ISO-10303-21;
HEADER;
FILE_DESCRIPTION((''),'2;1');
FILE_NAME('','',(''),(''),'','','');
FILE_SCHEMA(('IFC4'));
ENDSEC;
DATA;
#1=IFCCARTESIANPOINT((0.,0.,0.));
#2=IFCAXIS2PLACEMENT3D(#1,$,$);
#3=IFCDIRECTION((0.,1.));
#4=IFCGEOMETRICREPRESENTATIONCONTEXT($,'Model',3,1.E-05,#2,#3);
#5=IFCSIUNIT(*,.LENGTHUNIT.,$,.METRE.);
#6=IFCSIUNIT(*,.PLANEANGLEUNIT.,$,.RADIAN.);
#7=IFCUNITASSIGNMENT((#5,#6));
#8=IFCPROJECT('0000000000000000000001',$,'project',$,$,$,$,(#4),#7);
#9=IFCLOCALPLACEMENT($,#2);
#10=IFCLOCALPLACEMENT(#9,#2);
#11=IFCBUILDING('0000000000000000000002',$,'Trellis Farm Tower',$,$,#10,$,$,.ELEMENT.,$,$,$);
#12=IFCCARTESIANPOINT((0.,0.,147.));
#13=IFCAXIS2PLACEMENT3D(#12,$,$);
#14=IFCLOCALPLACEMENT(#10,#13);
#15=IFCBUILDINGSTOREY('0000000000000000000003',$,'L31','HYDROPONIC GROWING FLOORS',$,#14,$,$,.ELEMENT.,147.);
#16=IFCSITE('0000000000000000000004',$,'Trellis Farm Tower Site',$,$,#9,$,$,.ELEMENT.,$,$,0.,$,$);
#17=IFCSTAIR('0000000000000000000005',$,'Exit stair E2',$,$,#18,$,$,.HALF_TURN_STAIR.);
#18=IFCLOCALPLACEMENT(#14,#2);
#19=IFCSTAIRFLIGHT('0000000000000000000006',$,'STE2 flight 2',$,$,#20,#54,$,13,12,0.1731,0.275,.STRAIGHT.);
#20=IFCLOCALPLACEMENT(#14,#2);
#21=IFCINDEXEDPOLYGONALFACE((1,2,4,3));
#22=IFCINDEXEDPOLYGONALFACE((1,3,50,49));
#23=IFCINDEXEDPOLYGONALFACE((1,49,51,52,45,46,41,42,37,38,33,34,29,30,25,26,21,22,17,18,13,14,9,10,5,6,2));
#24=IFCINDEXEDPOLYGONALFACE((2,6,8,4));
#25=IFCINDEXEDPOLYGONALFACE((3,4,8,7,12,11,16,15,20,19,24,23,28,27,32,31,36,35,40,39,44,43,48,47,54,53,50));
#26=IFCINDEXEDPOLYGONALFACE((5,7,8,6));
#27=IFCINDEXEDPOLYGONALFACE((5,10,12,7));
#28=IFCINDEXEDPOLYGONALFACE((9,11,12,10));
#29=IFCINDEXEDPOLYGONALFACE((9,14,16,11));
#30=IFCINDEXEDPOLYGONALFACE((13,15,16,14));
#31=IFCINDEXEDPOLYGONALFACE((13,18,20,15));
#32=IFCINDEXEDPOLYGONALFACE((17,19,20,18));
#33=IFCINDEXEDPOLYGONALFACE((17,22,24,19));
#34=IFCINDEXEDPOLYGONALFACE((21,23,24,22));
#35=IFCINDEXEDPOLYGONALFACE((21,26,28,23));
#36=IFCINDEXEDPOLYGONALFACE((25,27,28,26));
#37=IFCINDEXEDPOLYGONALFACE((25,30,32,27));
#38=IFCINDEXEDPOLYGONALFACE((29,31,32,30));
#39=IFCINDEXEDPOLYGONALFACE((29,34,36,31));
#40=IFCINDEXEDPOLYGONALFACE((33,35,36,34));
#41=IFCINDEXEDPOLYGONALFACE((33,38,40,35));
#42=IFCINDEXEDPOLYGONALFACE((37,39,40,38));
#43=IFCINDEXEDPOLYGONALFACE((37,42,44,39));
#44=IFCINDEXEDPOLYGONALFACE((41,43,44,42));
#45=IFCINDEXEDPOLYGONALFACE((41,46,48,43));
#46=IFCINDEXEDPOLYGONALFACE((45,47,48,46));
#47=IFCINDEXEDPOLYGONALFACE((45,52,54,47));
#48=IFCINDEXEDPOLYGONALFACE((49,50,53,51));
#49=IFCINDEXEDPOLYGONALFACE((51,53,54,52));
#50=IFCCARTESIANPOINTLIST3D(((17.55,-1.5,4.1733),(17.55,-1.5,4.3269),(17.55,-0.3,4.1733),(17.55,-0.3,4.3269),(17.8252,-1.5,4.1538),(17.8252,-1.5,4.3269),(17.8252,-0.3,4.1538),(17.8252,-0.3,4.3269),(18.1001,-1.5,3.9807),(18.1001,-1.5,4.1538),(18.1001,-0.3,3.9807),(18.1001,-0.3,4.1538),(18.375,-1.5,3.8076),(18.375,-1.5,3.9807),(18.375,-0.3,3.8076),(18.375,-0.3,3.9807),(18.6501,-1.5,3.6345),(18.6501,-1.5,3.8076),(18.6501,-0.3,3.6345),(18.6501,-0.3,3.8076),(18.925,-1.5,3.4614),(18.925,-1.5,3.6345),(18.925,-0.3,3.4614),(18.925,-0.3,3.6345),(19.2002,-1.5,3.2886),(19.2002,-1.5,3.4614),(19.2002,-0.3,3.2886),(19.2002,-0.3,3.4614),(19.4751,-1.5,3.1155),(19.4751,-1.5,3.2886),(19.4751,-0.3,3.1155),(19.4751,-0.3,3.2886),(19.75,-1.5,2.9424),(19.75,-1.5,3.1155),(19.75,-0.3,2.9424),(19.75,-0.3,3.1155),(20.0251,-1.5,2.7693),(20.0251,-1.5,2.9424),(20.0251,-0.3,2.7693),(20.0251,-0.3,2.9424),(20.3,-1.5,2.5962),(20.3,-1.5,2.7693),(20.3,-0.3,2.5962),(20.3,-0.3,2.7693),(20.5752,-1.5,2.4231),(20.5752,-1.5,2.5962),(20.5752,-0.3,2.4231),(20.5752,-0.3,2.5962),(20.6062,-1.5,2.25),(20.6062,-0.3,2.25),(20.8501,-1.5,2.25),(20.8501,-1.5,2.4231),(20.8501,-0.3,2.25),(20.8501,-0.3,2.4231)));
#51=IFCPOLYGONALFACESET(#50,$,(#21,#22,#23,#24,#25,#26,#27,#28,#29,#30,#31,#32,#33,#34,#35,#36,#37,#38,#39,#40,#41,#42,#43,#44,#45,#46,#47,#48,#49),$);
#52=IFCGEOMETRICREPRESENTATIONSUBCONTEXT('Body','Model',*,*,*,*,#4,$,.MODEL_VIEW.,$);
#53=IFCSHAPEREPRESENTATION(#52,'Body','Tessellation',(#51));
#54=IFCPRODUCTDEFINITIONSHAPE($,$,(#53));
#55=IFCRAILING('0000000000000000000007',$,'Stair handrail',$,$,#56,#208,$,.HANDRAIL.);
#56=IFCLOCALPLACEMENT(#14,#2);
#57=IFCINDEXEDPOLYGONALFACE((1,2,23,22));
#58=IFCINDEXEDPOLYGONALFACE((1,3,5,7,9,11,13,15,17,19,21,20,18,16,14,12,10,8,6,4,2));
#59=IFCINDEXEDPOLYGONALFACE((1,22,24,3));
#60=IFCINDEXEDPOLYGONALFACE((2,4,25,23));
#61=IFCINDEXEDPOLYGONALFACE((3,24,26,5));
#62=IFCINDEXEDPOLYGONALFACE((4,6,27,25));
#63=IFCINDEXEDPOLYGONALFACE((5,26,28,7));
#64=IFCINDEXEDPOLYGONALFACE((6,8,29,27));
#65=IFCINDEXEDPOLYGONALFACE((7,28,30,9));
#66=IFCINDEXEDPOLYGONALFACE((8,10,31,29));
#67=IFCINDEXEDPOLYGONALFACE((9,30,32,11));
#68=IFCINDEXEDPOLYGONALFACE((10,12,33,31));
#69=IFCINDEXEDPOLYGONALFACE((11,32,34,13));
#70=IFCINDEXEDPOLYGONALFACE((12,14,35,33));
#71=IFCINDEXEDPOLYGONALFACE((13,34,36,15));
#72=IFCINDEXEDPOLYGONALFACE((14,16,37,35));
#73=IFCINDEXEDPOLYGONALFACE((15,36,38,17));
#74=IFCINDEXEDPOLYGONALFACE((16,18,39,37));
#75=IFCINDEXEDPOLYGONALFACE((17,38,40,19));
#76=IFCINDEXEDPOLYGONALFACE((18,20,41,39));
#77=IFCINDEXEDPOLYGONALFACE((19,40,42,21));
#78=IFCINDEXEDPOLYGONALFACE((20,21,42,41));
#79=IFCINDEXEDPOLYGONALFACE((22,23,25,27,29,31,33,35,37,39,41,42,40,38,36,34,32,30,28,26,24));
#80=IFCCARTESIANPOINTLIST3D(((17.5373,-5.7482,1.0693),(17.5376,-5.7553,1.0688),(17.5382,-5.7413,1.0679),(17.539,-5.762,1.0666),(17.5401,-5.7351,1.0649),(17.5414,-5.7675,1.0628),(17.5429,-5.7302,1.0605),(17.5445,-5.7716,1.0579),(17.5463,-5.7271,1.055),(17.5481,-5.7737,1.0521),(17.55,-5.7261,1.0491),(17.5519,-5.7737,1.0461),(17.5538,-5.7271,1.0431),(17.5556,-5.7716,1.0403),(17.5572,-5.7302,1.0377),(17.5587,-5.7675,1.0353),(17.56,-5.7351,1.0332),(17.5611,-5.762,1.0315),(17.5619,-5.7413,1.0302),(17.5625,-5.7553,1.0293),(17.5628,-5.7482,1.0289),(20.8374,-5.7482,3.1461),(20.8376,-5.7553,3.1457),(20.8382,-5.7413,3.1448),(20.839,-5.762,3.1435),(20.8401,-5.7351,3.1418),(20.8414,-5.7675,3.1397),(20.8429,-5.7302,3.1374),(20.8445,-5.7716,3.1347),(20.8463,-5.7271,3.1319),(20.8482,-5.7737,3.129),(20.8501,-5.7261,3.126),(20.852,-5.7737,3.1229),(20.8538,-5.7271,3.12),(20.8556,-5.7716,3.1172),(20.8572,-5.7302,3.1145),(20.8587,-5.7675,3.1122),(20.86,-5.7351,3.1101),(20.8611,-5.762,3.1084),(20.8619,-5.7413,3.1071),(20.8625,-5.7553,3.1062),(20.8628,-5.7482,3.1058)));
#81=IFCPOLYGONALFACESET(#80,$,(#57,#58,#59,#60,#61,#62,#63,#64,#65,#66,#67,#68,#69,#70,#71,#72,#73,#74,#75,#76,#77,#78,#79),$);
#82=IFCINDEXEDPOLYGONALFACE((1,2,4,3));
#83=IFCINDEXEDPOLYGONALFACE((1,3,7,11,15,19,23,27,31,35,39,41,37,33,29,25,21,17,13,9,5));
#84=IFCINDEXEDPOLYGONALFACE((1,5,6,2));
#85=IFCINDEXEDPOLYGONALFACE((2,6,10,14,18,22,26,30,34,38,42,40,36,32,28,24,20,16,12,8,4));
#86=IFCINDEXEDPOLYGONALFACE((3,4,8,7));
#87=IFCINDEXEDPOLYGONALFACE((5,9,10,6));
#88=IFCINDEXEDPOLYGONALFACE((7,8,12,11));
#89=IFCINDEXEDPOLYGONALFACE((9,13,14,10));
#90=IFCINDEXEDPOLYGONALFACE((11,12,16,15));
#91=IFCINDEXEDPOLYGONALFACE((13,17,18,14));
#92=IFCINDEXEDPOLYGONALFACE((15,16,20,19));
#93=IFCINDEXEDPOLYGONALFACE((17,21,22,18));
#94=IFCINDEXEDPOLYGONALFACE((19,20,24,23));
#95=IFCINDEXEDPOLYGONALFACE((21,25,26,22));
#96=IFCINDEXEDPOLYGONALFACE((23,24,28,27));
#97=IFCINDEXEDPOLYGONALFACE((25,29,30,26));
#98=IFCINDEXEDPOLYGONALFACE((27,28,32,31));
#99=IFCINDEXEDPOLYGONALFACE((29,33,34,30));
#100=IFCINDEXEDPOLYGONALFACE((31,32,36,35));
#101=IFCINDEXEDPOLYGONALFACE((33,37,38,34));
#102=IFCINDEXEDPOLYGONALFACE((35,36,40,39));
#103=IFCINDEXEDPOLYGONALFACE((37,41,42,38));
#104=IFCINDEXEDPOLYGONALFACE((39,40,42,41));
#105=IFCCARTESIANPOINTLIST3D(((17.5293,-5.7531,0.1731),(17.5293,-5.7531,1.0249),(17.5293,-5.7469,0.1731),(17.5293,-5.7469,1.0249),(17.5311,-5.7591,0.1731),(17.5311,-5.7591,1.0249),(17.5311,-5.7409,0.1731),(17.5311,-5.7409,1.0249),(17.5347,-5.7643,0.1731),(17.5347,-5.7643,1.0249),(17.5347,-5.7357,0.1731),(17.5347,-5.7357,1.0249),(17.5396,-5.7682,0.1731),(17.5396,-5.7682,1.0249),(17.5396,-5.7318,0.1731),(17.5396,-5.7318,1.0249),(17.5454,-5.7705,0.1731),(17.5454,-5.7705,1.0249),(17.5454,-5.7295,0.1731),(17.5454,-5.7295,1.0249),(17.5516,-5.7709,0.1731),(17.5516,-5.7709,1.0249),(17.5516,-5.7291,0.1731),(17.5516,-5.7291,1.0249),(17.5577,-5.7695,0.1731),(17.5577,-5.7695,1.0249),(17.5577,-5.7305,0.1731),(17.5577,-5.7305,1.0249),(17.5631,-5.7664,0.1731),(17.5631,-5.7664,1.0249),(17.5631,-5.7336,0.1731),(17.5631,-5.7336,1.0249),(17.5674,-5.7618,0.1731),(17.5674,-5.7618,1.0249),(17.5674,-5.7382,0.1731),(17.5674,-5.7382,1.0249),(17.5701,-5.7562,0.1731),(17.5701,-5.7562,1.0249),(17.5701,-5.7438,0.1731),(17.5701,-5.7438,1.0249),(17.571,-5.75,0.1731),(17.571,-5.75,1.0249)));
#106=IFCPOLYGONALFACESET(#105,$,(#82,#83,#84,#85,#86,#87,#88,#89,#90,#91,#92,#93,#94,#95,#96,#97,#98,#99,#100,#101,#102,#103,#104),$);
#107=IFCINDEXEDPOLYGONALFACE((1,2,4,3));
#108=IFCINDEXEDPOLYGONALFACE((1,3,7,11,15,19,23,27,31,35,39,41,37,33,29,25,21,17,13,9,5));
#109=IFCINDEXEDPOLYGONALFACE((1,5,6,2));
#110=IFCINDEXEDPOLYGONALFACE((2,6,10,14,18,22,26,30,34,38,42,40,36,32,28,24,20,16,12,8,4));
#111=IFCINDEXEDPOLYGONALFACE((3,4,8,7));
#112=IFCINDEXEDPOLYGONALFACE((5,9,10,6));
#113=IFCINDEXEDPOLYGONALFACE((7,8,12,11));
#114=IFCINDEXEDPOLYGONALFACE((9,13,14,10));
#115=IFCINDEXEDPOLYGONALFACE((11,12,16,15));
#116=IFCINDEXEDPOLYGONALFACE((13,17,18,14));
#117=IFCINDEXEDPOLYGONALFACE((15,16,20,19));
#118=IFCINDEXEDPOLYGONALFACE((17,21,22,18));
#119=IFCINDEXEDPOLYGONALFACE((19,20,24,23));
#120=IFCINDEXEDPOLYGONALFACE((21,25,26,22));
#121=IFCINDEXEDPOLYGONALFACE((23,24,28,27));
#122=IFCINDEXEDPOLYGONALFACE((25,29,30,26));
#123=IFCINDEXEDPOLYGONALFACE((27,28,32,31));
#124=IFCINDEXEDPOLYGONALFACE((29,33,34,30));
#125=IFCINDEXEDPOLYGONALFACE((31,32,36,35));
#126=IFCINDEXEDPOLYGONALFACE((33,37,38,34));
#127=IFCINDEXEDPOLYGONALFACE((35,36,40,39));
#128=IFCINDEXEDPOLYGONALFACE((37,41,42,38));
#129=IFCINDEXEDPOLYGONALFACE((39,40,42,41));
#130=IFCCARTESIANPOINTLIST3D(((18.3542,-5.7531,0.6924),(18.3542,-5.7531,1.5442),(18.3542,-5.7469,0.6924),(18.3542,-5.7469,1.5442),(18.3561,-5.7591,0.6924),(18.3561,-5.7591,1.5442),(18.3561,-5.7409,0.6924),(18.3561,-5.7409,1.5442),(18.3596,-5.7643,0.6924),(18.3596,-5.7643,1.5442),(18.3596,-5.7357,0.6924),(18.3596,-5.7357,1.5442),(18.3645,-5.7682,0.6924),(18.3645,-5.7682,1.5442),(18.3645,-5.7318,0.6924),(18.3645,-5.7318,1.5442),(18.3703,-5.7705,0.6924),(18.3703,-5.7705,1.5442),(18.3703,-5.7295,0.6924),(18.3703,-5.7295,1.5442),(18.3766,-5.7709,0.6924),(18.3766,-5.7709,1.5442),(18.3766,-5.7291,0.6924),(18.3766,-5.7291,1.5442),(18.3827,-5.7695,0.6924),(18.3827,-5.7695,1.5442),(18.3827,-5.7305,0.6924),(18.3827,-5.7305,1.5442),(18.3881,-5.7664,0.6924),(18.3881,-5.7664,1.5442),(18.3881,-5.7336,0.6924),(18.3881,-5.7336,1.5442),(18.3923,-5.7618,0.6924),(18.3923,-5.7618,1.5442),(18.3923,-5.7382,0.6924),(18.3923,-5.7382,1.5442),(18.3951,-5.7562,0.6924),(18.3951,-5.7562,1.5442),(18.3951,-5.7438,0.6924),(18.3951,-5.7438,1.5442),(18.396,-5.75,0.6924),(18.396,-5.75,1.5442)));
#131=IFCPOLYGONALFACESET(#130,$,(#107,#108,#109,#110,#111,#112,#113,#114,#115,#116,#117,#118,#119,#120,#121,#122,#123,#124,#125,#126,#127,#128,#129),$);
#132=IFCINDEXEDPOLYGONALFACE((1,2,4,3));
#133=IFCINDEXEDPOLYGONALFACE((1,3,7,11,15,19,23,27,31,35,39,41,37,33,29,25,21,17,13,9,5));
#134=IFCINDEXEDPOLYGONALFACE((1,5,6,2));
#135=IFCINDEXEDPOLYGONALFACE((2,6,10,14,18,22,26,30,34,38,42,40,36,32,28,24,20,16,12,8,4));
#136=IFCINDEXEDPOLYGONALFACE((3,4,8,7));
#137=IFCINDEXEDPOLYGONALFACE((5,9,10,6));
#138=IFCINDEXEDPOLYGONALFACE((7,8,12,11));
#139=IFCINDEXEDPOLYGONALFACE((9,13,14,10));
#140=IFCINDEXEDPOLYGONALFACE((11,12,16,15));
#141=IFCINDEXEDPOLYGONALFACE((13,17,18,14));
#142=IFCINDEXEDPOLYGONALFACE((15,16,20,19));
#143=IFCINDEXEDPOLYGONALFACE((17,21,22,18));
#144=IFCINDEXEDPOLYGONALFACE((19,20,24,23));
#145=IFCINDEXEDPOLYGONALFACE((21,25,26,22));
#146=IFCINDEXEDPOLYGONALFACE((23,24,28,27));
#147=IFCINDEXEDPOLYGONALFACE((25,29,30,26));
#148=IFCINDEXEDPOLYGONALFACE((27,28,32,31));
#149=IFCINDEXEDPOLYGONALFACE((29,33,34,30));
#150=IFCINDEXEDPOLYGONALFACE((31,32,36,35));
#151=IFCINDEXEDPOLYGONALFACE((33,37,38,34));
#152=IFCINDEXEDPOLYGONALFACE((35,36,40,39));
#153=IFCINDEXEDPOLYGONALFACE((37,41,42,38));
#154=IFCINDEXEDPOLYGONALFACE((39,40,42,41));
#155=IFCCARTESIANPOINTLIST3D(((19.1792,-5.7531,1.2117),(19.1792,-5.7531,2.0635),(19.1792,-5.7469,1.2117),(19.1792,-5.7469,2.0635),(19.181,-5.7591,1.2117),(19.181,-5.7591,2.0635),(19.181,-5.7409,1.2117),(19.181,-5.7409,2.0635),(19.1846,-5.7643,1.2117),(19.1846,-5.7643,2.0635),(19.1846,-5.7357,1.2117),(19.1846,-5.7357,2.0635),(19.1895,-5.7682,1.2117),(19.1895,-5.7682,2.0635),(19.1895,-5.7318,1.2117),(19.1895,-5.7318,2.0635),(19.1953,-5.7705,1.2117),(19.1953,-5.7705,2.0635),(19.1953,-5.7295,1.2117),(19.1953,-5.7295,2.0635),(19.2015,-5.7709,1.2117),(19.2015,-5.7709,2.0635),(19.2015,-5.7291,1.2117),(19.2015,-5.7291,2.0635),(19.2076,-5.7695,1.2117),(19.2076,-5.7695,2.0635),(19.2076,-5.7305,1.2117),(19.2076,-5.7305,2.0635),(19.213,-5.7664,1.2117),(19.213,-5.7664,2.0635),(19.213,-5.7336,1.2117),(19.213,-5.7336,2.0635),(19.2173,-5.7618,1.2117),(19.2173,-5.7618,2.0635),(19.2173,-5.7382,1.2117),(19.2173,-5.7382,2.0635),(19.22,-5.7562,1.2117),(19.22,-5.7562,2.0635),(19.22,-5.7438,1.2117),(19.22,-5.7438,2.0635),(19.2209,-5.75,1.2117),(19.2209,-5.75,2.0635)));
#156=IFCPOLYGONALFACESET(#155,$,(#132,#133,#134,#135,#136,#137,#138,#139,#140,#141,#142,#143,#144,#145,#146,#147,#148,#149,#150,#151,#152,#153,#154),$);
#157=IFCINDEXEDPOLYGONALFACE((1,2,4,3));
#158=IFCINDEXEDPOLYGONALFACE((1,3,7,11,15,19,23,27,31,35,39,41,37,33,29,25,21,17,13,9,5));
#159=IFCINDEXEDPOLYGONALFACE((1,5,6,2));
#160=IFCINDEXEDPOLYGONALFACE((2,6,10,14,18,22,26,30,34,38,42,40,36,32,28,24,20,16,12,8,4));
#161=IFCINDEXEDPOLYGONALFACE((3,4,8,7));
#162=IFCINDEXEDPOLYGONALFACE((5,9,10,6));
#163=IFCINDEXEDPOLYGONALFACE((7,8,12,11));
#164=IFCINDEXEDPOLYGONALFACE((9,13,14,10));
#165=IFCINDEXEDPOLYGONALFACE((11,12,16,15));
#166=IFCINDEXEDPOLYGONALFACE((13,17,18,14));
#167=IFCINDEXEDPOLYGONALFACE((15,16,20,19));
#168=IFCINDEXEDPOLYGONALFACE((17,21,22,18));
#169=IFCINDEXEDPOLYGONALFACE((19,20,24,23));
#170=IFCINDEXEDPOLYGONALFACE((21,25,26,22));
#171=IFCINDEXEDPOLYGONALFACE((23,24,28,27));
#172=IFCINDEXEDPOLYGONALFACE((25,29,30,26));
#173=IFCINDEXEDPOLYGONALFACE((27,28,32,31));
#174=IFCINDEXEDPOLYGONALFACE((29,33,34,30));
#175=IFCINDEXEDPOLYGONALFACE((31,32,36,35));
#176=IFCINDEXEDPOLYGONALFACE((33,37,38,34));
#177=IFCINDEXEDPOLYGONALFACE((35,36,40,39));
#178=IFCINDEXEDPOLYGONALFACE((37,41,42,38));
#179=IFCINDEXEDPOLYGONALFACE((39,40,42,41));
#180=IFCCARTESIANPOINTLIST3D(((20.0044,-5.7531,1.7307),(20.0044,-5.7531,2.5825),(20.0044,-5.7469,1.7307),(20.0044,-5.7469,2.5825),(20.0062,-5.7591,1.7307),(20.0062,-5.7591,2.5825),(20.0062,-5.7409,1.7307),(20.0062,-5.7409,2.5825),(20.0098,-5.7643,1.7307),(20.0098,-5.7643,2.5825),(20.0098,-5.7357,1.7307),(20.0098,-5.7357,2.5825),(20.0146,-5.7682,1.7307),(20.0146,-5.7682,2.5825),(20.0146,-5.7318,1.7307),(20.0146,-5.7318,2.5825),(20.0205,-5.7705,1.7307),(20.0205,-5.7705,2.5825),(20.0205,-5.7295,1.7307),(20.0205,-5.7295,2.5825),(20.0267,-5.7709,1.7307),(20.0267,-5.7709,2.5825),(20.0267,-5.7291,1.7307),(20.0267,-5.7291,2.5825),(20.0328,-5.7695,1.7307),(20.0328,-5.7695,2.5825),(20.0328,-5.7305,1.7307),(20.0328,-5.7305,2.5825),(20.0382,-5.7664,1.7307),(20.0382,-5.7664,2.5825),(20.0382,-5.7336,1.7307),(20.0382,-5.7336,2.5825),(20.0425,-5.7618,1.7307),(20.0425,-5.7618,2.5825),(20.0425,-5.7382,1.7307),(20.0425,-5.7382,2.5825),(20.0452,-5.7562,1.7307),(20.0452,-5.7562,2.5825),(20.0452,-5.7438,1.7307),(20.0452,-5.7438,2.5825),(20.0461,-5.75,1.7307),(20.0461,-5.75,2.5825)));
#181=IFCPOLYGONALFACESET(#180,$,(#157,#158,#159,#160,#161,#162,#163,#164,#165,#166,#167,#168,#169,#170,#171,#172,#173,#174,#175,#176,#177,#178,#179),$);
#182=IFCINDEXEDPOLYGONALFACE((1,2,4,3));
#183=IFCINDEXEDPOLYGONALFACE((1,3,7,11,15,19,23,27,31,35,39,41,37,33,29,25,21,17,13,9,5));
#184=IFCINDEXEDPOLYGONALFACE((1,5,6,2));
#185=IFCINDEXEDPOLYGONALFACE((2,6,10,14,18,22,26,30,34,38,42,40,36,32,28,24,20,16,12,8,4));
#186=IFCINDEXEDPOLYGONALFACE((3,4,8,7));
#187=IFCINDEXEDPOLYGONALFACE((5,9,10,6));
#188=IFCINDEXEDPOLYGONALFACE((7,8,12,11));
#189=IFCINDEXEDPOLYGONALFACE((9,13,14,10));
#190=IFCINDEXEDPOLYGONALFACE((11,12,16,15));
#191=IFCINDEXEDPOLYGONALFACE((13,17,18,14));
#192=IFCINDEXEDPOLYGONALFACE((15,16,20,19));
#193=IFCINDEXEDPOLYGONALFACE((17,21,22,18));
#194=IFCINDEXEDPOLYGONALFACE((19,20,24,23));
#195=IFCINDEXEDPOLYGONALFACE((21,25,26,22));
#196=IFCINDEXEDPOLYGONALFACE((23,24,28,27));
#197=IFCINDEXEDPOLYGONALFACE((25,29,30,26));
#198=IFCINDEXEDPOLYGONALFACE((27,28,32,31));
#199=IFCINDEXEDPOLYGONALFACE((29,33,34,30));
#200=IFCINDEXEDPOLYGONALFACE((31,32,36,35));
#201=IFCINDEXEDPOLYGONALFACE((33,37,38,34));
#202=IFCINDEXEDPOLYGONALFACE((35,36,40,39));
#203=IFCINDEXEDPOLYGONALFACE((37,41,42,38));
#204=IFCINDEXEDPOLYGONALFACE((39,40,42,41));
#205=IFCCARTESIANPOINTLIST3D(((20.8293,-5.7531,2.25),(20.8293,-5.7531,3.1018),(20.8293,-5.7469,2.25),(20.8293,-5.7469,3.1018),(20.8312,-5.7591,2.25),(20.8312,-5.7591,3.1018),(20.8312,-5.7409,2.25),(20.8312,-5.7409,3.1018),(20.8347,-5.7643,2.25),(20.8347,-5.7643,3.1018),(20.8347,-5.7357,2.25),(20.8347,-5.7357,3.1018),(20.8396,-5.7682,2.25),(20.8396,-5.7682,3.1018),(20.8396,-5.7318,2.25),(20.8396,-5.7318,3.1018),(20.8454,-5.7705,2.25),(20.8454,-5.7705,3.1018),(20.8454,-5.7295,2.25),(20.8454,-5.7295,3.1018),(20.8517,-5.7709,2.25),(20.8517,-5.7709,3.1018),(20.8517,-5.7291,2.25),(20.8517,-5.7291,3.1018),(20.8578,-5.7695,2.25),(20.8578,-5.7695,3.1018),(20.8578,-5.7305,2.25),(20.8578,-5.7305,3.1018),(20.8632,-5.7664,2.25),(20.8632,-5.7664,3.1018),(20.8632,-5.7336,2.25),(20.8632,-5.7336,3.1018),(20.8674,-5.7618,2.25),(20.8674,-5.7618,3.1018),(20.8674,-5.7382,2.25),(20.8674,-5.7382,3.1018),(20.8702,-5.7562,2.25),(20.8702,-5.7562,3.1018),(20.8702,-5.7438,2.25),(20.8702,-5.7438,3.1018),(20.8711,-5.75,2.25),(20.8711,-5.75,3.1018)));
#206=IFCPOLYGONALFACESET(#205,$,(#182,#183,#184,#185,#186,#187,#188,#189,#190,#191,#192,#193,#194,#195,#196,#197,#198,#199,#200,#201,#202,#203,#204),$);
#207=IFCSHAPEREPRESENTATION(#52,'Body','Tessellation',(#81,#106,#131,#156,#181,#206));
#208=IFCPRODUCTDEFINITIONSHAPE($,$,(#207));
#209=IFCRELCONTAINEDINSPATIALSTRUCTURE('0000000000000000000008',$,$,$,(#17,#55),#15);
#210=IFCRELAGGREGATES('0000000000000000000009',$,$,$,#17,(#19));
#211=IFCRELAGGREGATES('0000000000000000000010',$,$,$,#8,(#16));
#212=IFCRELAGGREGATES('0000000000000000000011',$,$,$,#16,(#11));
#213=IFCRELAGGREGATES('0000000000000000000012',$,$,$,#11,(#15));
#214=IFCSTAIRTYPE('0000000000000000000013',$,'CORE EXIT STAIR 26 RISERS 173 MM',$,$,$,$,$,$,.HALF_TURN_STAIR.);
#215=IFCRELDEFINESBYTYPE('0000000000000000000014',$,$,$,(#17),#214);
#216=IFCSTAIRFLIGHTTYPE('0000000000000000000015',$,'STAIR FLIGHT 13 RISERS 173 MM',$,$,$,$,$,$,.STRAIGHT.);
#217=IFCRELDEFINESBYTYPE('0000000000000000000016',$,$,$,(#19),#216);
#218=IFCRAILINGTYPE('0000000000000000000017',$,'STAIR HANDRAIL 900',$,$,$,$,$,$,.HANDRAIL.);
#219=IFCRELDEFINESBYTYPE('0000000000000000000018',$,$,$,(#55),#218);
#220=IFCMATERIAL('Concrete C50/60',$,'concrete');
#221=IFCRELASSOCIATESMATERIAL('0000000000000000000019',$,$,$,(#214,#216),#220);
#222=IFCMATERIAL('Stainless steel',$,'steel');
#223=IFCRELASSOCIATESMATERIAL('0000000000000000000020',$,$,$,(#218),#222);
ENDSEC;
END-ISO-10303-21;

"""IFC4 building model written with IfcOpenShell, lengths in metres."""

from ifc_helpers import new_model, si_unit, direction, frame, origin, origin_2d, place, context, subcontext, project, spatial, polyline, circle, outline, extrude, source, transform, mapped, material, type_object, element, aggregate, save


model = new_model("IFC4")

# Units and contexts
model_context = context("Model", 3, precision=1e-05, world=origin(), true_north=direction((0.0, 1.0)))
body_context = subcontext(model_context, "Body", "Model", "MODEL_VIEW")
ifc_project = project(units=[si_unit("LENGTHUNIT", "METRE"), si_unit("PLANEANGLEUNIT", "RADIAN")], contexts=[model_context])

# Site, building, storey
site_placement = place(None, origin())
site = spatial("IfcSite", under=ifc_project, at=site_placement, Name="Trellis Farm Tower Site", CompositionType="ELEMENT", RefElevation=0.0)
building_placement = place(site_placement, origin())
building = spatial("IfcBuilding", under=site, at=building_placement, Name="Trellis Farm Tower", CompositionType="ELEMENT")
storey_placement = place(building_placement, frame((0.0, 0.0, 147.0)))
storey = spatial("IfcBuildingStorey", under=building, at=storey_placement, Name="L31", Description="HYDROPONIC GROWING FLOORS", CompositionType="ELEMENT", Elevation=147.0)

# Shared definitions
placement = place(storey_placement, origin())

# Stair, stair flight
ifc_material_1 = material(Name="Concrete C50/60", Category="concrete")
stair_type = type_object("IfcStairType", Name="CORE EXIT STAIR 26 RISERS 173 MM", PredefinedType="HALF_TURN_STAIR", material=ifc_material_1)
stair_flight_type = type_object("IfcStairFlightType", Name="STAIR FLIGHT 13 RISERS 173 MM", PredefinedType="STRAIGHT", material=ifc_material_1)
shared_shape_1 = source(origin(), body_context, "Body", "SweptSolid", [
    extrude(outline(polyline([(0.0, 0.0), (0.0, 0.1731), (0.2749, 0.1731), (0.2749, 0.3462), (0.55, 0.3462), (0.55, 0.5193), (0.825, 0.5193), (0.825, 0.6924), (1.1001, 0.6924), (1.1001, 0.8655), (1.375, 0.8655), (1.375, 1.0386), (1.6499, 1.0386), (1.6499, 1.2114), (1.925, 1.2114), (1.925, 1.3845), (2.2, 1.3845), (2.2, 1.5576), (2.4751, 1.5576), (2.4751, 1.7307), (2.75, 1.7307), (2.75, 1.9038), (3.0249, 1.9038), (3.0249, 2.0769), (3.3, 2.0769), (3.3, 2.25), (3.3, 1.9233), (0.2439, 0.0), (0.0, 0.0)])), frame((0.0, 0.6001, 0.0), z_axis=(0.0, -1.0, 0.0), x_axis=(1.0, 0.0, 0.0)), (0.0, 0.0, 1.0), 1.2),
])
stair_1 = element("IfcStair", 1, at=placement, inside=storey, type_object=stair_type, Name="Exit stair E2", PredefinedType="HALF_TURN_STAIR")
stair_flight_1_placement = place(storey_placement, frame((20.8501, -0.8999, 2.25), z_axis=(0.0, 0.0, 1.0), x_axis=(-1.0, 0.0, 0.0)))
stair_flight_1 = element("IfcStairFlight", 2, at=stair_flight_1_placement, type_object=stair_flight_type, Name="STE2 flight 2", NumberOfRisers=13, NumberOfTreads=12, PredefinedType="STRAIGHT", RiserHeight=0.1731, TreadLength=0.275, context=body_context, shape_type="MappedRepresentation", body=[
    mapped(shared_shape_1, transform((0.0, 0.0, 0.0))),
])
aggregate(stair_1, [stair_flight_1])

# Railing
ifc_material_2 = material(Name="Stainless steel", Category="steel")
railing_type = type_object("IfcRailingType", Name="STAIR HANDRAIL 900", PredefinedType="HANDRAIL", material=ifc_material_2)
shared_shape_2 = source(origin(), body_context, "Body", "SweptSolid", [
    extrude(circle(Radius=0.0239, at=origin_2d()), frame((0.0, 0.0, 0.876), z_axis=(0.846337, 0.0, 0.532647), x_axis=(0.0, 1.0, 0.0)), (0.0, 0.0, 1.0), 3.8992),
    extrude(circle(Radius=0.021, at=origin_2d()), origin(), (0.0, 0.0, 1.0), 0.8518),
    extrude(circle(Radius=0.021, at=origin_2d()), frame((0.825, 0.0, 0.5193)), (0.0, 0.0, 1.0), 0.8518),
    extrude(circle(Radius=0.021, at=origin_2d()), frame((1.6499, 0.0, 1.0386)), (0.0, 0.0, 1.0), 0.8518),
    extrude(circle(Radius=0.021, at=origin_2d()), frame((2.4751, 0.0, 1.5576)), (0.0, 0.0, 1.0), 0.8518),
    extrude(circle(Radius=0.021, at=origin_2d()), frame((3.3, 0.0, 2.0769)), (0.0, 0.0, 1.0), 0.8518),
])
for number, where, name in (
    (3, (17.55, -5.75, 0.1731), "Stair handrail"),
):
    element("IfcRailing", number, at=place(storey_placement, frame(where)), inside=storey, type_object=railing_type, Name=name, PredefinedType="HANDRAIL", context=body_context, shape_type="MappedRepresentation", body=[
        mapped(shared_shape_2, transform((0.0, 0.0, 0.0))),
    ])

save(model, "model.ifc")
